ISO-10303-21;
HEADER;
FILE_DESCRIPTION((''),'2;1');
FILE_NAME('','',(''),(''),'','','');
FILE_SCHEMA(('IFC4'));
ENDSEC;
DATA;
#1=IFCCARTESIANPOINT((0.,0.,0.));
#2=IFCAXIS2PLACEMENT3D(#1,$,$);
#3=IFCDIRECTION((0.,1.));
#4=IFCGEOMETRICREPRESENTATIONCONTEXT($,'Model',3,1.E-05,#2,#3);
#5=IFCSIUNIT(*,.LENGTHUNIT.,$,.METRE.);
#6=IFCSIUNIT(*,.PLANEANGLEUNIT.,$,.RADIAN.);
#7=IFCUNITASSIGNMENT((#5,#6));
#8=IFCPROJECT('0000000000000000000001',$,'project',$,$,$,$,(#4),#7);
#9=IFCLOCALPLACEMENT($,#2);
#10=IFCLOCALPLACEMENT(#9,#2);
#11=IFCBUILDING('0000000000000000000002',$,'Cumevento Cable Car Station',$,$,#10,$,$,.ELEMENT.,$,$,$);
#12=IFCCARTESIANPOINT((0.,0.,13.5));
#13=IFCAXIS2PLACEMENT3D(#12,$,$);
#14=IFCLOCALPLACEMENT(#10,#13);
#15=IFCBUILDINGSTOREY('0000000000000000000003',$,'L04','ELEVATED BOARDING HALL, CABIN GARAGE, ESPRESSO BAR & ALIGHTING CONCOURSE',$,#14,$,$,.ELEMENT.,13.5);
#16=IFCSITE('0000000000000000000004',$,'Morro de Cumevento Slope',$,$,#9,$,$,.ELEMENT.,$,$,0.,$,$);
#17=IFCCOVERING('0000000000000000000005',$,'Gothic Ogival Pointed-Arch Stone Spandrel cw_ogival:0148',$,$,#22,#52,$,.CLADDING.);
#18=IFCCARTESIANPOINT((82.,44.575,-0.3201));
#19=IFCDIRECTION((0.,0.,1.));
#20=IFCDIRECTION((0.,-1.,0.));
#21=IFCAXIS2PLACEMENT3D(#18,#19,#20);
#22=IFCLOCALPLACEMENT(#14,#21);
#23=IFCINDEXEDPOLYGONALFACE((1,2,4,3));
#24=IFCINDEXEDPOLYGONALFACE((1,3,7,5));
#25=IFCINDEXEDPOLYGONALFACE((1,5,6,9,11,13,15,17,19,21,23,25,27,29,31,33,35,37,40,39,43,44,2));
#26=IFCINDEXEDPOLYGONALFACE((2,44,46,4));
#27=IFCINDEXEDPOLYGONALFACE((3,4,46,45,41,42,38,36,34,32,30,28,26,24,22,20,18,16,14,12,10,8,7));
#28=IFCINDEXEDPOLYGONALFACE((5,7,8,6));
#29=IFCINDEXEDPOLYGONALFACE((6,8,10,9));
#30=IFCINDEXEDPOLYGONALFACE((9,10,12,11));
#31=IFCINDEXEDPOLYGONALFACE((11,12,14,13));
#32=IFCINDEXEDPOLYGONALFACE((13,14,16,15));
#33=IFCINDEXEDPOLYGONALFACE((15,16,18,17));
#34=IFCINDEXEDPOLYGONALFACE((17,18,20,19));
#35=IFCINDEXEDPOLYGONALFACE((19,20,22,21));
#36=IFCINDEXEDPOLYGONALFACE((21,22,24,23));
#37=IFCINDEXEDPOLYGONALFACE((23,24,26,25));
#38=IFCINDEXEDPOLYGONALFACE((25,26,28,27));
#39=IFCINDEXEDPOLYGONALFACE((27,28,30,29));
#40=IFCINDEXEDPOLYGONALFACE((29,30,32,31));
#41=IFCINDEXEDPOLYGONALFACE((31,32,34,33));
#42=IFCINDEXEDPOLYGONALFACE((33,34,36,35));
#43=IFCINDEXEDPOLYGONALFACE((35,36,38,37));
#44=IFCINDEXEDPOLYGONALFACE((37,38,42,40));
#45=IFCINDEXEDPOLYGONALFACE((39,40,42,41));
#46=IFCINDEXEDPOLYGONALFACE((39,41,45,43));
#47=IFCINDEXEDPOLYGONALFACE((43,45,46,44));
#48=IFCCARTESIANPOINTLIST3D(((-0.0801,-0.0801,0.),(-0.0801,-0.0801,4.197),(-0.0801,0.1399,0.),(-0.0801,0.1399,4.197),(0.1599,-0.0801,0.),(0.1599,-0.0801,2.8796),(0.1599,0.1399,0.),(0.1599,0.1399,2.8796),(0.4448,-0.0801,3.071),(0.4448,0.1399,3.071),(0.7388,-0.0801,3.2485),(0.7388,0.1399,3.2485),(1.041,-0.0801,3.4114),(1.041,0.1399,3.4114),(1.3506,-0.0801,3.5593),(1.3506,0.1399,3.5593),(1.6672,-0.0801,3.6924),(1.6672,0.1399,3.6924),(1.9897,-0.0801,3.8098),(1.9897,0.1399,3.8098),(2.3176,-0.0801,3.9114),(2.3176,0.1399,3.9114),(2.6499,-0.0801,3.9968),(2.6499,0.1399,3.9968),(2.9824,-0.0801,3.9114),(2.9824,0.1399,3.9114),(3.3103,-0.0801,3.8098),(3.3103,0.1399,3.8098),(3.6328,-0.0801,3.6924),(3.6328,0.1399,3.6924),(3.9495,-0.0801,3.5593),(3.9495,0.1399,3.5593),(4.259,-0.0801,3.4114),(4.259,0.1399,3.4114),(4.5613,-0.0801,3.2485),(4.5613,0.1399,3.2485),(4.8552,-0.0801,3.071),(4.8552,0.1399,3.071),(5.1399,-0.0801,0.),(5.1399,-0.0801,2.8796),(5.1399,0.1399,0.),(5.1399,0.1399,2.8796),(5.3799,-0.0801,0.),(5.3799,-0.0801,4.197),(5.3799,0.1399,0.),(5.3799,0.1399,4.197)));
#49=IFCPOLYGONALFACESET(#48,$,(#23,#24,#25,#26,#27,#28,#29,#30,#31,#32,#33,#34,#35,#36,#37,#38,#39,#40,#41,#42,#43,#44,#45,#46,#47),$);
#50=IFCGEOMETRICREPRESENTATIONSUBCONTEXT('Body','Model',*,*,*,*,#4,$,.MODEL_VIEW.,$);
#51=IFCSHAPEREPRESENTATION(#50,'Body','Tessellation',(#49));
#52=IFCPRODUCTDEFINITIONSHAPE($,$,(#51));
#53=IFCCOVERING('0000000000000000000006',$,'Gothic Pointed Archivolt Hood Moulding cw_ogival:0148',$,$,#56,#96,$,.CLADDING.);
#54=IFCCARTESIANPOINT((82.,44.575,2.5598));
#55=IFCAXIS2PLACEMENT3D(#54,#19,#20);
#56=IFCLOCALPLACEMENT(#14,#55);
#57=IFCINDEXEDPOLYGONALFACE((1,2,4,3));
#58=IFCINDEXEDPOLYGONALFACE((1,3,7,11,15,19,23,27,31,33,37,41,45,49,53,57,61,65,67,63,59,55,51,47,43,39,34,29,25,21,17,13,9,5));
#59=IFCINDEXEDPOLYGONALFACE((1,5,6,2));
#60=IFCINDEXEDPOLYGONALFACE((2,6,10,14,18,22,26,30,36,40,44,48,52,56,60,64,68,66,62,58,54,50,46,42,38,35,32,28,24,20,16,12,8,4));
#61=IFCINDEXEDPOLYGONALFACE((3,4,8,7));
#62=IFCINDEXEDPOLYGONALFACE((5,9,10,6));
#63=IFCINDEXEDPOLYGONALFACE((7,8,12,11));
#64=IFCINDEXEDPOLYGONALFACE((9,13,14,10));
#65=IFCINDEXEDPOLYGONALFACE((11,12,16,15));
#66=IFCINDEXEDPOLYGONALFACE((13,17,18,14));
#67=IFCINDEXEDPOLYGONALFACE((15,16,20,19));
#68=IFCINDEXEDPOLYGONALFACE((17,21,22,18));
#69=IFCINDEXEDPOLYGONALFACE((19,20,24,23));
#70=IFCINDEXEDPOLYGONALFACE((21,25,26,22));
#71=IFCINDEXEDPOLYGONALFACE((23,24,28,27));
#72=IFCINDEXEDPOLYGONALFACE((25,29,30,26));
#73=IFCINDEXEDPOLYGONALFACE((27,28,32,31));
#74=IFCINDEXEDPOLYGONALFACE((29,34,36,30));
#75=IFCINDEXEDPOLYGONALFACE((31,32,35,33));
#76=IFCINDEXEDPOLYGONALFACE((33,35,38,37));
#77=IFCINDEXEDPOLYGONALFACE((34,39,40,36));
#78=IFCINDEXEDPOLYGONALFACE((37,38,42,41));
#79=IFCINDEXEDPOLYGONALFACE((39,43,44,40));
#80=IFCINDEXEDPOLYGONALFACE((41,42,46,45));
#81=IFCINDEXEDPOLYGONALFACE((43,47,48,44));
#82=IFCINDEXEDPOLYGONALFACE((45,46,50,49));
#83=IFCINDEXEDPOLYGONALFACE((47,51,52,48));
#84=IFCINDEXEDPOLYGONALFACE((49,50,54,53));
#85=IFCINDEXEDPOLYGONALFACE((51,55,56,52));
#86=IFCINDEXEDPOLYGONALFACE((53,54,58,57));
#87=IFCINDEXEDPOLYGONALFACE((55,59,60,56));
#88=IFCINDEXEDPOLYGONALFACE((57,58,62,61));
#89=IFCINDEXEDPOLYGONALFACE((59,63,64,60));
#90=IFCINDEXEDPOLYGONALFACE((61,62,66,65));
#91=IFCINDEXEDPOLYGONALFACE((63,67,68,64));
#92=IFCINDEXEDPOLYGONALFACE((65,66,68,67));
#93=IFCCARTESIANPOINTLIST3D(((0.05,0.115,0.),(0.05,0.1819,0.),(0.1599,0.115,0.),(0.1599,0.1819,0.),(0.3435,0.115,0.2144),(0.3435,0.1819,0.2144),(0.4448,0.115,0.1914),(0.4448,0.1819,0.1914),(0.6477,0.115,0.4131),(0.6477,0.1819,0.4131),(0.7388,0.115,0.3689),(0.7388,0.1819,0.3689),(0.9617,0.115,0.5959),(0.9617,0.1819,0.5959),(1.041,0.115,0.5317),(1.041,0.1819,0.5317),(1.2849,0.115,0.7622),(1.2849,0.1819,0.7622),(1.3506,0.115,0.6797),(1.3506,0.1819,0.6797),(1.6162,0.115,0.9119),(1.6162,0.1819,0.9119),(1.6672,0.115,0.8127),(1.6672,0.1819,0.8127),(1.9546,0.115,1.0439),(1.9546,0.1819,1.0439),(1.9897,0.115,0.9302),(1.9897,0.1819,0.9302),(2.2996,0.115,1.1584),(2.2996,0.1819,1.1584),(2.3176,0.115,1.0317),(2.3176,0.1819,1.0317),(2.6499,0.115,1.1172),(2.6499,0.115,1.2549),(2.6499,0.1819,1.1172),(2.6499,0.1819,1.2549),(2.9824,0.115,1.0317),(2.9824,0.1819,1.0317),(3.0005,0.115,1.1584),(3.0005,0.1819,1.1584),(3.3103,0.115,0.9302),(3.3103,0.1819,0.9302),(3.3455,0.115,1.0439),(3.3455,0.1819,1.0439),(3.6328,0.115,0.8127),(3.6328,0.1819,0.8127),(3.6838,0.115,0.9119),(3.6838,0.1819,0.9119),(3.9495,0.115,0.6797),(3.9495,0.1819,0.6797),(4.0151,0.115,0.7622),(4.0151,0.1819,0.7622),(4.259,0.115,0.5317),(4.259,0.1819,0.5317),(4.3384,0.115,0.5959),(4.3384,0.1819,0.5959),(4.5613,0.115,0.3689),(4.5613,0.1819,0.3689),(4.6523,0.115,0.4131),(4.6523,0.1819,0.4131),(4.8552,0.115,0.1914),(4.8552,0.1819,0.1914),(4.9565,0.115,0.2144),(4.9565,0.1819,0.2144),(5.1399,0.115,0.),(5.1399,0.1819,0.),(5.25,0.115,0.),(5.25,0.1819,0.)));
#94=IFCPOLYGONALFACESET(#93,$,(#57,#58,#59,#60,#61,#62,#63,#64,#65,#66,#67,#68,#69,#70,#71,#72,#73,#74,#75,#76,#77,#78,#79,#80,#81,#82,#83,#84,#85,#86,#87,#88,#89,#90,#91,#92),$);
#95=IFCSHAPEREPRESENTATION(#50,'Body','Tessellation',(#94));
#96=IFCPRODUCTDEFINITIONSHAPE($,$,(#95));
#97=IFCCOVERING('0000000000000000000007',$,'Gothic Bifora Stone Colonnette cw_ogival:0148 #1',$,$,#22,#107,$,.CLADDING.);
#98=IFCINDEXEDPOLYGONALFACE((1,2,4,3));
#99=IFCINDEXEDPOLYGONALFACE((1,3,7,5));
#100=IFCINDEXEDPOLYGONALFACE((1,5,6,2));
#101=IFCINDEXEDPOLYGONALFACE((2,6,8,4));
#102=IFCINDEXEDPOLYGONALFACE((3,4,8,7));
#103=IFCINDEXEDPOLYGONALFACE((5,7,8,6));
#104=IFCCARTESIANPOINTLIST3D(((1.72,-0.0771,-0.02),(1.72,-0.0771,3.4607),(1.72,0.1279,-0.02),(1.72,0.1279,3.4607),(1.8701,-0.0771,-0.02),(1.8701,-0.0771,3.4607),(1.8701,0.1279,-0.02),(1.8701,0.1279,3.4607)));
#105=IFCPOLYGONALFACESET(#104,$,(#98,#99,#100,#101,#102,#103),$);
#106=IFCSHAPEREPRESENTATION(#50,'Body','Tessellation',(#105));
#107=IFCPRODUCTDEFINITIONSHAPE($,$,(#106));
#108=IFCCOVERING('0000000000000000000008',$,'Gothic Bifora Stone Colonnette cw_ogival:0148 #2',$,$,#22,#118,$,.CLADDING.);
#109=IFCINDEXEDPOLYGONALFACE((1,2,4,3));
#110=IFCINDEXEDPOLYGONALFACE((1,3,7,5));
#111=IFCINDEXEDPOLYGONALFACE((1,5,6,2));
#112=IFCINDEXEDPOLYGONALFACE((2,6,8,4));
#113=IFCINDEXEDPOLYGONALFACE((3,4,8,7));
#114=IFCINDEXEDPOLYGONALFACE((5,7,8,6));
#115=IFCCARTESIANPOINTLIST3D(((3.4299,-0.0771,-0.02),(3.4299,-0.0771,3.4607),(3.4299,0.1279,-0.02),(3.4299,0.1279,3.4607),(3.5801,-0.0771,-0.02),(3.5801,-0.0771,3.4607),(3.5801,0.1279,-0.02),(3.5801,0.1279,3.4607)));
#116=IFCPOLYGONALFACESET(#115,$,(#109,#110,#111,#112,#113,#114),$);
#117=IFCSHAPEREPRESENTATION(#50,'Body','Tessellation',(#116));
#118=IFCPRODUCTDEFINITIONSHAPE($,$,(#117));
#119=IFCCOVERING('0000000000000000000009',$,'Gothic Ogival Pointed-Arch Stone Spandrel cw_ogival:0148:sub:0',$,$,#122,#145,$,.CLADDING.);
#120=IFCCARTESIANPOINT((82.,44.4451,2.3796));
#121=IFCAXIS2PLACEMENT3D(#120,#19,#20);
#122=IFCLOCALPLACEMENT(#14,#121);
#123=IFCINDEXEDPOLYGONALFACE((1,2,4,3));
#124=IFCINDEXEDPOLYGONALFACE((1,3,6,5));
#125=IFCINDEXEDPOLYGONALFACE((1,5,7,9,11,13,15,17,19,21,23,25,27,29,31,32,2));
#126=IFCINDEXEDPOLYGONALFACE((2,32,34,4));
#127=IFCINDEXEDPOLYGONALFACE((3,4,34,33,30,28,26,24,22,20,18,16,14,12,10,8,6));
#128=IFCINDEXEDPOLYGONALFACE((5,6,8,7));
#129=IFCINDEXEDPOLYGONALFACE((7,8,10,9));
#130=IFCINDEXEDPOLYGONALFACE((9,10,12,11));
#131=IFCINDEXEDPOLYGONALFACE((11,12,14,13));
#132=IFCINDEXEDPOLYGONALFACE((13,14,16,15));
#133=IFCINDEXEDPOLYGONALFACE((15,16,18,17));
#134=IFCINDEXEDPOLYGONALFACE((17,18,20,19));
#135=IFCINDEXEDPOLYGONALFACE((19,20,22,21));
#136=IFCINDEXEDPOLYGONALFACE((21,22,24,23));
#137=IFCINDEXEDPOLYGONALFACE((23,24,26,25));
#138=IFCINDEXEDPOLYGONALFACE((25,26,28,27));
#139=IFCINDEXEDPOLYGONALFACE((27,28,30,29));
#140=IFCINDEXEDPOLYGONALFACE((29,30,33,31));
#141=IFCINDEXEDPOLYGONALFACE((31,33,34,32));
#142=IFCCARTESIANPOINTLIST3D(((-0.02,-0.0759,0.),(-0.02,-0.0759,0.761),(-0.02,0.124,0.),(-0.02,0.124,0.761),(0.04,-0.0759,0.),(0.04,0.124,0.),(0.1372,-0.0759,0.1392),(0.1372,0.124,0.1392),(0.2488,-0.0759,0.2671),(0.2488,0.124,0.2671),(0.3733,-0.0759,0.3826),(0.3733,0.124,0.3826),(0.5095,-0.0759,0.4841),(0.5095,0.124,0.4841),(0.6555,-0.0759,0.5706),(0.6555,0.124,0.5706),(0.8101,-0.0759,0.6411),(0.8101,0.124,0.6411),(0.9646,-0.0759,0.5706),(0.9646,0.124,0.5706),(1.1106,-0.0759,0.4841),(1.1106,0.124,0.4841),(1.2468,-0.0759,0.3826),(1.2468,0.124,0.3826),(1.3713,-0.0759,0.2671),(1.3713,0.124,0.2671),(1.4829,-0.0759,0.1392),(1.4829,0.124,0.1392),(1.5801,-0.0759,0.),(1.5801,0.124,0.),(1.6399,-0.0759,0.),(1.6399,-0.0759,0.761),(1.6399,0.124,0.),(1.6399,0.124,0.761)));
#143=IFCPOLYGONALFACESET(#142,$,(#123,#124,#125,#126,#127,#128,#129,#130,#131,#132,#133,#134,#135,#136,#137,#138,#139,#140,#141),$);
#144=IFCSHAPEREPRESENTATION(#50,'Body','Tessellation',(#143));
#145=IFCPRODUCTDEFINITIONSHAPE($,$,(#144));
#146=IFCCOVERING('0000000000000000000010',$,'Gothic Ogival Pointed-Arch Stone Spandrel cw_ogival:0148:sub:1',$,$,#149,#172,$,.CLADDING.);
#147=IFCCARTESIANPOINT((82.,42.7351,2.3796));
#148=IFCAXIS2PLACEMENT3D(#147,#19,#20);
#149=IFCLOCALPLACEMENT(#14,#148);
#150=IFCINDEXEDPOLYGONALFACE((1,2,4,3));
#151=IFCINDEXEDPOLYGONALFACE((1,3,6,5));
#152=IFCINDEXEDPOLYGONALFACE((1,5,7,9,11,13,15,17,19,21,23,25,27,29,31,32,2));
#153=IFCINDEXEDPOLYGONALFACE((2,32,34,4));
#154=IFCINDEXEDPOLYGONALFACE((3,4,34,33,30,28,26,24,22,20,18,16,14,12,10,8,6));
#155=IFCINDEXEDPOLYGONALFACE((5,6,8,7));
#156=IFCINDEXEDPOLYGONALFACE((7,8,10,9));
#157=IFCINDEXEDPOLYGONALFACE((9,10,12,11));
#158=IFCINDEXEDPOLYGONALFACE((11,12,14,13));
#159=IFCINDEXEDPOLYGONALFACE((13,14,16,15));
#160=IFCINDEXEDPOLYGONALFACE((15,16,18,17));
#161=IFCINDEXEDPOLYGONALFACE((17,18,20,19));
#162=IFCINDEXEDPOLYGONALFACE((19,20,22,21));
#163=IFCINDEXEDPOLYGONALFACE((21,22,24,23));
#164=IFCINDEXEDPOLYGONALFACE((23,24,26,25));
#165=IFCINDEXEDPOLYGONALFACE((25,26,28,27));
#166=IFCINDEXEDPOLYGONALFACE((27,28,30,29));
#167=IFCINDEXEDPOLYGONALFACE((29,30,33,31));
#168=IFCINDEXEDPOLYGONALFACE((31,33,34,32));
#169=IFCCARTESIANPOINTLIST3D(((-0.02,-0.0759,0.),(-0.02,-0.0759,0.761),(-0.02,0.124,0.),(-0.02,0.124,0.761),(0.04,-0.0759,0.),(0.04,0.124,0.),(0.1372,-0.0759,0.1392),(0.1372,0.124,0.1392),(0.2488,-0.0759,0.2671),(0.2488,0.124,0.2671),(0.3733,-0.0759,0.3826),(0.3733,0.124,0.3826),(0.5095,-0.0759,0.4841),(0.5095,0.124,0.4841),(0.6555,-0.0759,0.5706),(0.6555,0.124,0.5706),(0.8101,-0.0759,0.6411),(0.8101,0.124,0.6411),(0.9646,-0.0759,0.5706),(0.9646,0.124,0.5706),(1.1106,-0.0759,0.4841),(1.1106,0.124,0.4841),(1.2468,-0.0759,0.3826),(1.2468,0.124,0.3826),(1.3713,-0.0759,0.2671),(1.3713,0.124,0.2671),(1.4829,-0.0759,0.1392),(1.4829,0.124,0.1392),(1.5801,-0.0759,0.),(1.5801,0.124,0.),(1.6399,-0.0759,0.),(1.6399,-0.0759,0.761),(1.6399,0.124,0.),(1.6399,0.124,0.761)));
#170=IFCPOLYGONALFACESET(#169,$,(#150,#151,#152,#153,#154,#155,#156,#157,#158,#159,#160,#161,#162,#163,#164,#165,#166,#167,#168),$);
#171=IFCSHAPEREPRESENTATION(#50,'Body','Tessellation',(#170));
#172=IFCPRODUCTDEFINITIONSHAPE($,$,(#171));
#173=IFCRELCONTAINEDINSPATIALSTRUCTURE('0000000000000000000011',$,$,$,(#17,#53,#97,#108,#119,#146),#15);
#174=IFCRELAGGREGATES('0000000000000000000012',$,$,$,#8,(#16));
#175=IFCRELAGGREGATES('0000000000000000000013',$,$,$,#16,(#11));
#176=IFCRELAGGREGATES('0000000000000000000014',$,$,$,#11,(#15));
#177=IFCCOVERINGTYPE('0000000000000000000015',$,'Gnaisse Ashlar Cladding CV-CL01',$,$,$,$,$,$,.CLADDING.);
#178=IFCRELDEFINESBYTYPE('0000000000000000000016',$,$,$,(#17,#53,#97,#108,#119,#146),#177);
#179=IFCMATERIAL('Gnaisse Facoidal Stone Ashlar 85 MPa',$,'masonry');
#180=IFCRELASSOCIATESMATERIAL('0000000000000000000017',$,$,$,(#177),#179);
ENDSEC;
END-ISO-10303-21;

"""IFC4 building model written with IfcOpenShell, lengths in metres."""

from ifc_helpers import new_model, si_unit, direction, frame, origin, place, context, subcontext, project, spatial, polyline, outline, extrude, material, type_object, element, save


model = new_model("IFC4")

# Units and contexts
model_context = context("Model", 3, precision=1e-05, world=origin(), true_north=direction((0.0, 1.0)))
body_context = subcontext(model_context, "Body", "Model", "MODEL_VIEW")
ifc_project = project(units=[si_unit("LENGTHUNIT", "METRE"), si_unit("PLANEANGLEUNIT", "RADIAN")], contexts=[model_context])

# Site, building, storey
site_placement = place(None, origin())
site = spatial("IfcSite", under=ifc_project, at=site_placement, Name="Morro de Cumevento Slope", CompositionType="ELEMENT", RefElevation=0.0)
building_placement = place(site_placement, origin())
building = spatial("IfcBuilding", under=site, at=building_placement, Name="Cumevento Cable Car Station", CompositionType="ELEMENT")
storey_placement = place(building_placement, frame((0.0, 0.0, 13.5)))
storey = spatial("IfcBuildingStorey", under=building, at=storey_placement, Name="L04", Description="ELEVATED BOARDING HALL, CABIN GARAGE, ESPRESSO BAR & ALIGHTING CONCOURSE", CompositionType="ELEMENT", Elevation=13.5)

# Coverings
ifc_material_1 = material(Name="Gnaisse Facoidal Stone Ashlar 85 MPa", Category="masonry")
covering_type = type_object("IfcCoveringType", Name="Gnaisse Ashlar Cladding CV-CL01", PredefinedType="CLADDING", material=ifc_material_1)
placement = place(storey_placement, frame((82.0, 44.575, -0.3201), z_axis=(0.0, 0.0, 1.0), x_axis=(0.0, -1.0, 0.0)))
element("IfcCovering", 1, at=placement, inside=storey, type_object=covering_type, Name="Gothic Ogival Pointed-Arch Stone Spandrel cw_ogival:0148", PredefinedType="CLADDING", context=body_context, shape_type="SweptSolid", body=[
    extrude(outline(polyline([(-0.0801, 0.0), (-0.0801, 4.197), (5.3799, 4.197), (5.3799, 0.0), (5.1399, 0.0), (5.1399, 2.8796), (4.8552, 3.071), (4.5613, 3.2485), (4.259, 3.4114), (3.9495, 3.5593), (3.6328, 3.6924), (3.3103, 3.8098), (2.9824, 3.9114), (2.6499, 3.9968), (2.3176, 3.9114), (1.9897, 3.8098), (1.6672, 3.6924), (1.3506, 3.5593), (1.041, 3.4114), (0.7388, 3.2485), (0.4448, 3.071), (0.1599, 2.8796), (0.1599, 0.0), (-0.0801, 0.0)])), frame((0.0, 0.1399, 0.0), z_axis=(0.0, -1.0, 0.0), x_axis=(1.0, 0.0, 0.0)), (0.0, 0.0, 1.0), 0.22),
])
covering_1_placement = place(storey_placement, frame((82.0, 44.575, 2.5598), z_axis=(0.0, 0.0, 1.0), x_axis=(0.0, -1.0, 0.0)))
element("IfcCovering", 2, at=covering_1_placement, inside=storey, type_object=covering_type, Name="Gothic Pointed Archivolt Hood Moulding cw_ogival:0148", PredefinedType="CLADDING", context=body_context, shape_type="SweptSolid", body=[
    extrude(outline(polyline([(0.1599, 0.0), (0.4448, 0.1914), (0.7388, 0.3689), (1.041, 0.5317), (1.3506, 0.6797), (1.6672, 0.8127), (1.9897, 0.9302), (2.3176, 1.0317), (2.6499, 1.1172), (2.9824, 1.0317), (3.3103, 0.9302), (3.6328, 0.8127), (3.9495, 0.6797), (4.259, 0.5317), (4.5613, 0.3689), (4.8552, 0.1914), (5.1399, 0.0), (5.25, 0.0), (4.9565, 0.2144), (4.6523, 0.4131), (4.3384, 0.5959), (4.0151, 0.7622), (3.6838, 0.9119), (3.3455, 1.0439), (3.0005, 1.1584), (2.6499, 1.2549), (2.2996, 1.1584), (1.9546, 1.0439), (1.6162, 0.9119), (1.2849, 0.7622), (0.9617, 0.5959), (0.6477, 0.4131), (0.3435, 0.2144), (0.05, 0.0), (0.1599, 0.0)])), frame((0.0, 0.1819, 0.0), z_axis=(0.0, -1.0, 0.0), x_axis=(1.0, 0.0, 0.0)), (0.0, 0.0, 1.0), 0.0669),
])
element("IfcCovering", 3, at=placement, inside=storey, type_object=covering_type, Name="Gothic Bifora Stone Colonnette cw_ogival:0148 #1", PredefinedType="CLADDING", context=body_context, shape_type="SweptSolid", body=[
    extrude(outline(polyline([(1.72, -0.02), (1.8701, -0.02), (1.8701, 3.4607), (1.72, 3.4607), (1.72, -0.02)])), frame((0.0, 0.1279, 0.0), z_axis=(0.0, -1.0, 0.0), x_axis=(1.0, 0.0, 0.0)), (0.0, 0.0, 1.0), 0.2051),
])
element("IfcCovering", 4, at=placement, inside=storey, type_object=covering_type, Name="Gothic Bifora Stone Colonnette cw_ogival:0148 #2", PredefinedType="CLADDING", context=body_context, shape_type="SweptSolid", body=[
    extrude(outline(polyline([(3.4299, -0.02), (3.5801, -0.02), (3.5801, 3.4607), (3.4299, 3.4607), (3.4299, -0.02)])), frame((0.0, 0.1279, 0.0), z_axis=(0.0, -1.0, 0.0), x_axis=(1.0, 0.0, 0.0)), (0.0, 0.0, 1.0), 0.2051),
])
for number, where, z_axis, x_axis, name in (
    (5, (82.0, 44.4451, 2.3796), (0.0, 0.0, 1.0), (0.0, -1.0, 0.0), "Gothic Ogival Pointed-Arch Stone Spandrel cw_ogival:0148:sub:0"),
    (6, (82.0, 42.7351, 2.3796), (0.0, 0.0, 1.0), (0.0, -1.0, 0.0), "Gothic Ogival Pointed-Arch Stone Spandrel cw_ogival:0148:sub:1"),
):
    element("IfcCovering", number, at=place(storey_placement, frame(where, z_axis=z_axis, x_axis=x_axis)), inside=storey, type_object=covering_type, Name=name, PredefinedType="CLADDING", context=body_context, shape_type="SweptSolid", body=[
        extrude(outline(polyline([(-0.02, 0.0), (-0.02, 0.761), (1.6399, 0.761), (1.6399, 0.0), (1.5801, 0.0), (1.4829, 0.1392), (1.3713, 0.2671), (1.2468, 0.3826), (1.1106, 0.4841), (0.9646, 0.5706), (0.8101, 0.6411), (0.6555, 0.5706), (0.5095, 0.4841), (0.3733, 0.3826), (0.2488, 0.2671), (0.1372, 0.1392), (0.04, 0.0), (-0.02, 0.0)])), frame((0.0, 0.124, 0.0), z_axis=(0.0, -1.0, 0.0), x_axis=(1.0, 0.0, 0.0)), (0.0, 0.0, 1.0), 0.2),
    ])

save(model, "model.ifc")
